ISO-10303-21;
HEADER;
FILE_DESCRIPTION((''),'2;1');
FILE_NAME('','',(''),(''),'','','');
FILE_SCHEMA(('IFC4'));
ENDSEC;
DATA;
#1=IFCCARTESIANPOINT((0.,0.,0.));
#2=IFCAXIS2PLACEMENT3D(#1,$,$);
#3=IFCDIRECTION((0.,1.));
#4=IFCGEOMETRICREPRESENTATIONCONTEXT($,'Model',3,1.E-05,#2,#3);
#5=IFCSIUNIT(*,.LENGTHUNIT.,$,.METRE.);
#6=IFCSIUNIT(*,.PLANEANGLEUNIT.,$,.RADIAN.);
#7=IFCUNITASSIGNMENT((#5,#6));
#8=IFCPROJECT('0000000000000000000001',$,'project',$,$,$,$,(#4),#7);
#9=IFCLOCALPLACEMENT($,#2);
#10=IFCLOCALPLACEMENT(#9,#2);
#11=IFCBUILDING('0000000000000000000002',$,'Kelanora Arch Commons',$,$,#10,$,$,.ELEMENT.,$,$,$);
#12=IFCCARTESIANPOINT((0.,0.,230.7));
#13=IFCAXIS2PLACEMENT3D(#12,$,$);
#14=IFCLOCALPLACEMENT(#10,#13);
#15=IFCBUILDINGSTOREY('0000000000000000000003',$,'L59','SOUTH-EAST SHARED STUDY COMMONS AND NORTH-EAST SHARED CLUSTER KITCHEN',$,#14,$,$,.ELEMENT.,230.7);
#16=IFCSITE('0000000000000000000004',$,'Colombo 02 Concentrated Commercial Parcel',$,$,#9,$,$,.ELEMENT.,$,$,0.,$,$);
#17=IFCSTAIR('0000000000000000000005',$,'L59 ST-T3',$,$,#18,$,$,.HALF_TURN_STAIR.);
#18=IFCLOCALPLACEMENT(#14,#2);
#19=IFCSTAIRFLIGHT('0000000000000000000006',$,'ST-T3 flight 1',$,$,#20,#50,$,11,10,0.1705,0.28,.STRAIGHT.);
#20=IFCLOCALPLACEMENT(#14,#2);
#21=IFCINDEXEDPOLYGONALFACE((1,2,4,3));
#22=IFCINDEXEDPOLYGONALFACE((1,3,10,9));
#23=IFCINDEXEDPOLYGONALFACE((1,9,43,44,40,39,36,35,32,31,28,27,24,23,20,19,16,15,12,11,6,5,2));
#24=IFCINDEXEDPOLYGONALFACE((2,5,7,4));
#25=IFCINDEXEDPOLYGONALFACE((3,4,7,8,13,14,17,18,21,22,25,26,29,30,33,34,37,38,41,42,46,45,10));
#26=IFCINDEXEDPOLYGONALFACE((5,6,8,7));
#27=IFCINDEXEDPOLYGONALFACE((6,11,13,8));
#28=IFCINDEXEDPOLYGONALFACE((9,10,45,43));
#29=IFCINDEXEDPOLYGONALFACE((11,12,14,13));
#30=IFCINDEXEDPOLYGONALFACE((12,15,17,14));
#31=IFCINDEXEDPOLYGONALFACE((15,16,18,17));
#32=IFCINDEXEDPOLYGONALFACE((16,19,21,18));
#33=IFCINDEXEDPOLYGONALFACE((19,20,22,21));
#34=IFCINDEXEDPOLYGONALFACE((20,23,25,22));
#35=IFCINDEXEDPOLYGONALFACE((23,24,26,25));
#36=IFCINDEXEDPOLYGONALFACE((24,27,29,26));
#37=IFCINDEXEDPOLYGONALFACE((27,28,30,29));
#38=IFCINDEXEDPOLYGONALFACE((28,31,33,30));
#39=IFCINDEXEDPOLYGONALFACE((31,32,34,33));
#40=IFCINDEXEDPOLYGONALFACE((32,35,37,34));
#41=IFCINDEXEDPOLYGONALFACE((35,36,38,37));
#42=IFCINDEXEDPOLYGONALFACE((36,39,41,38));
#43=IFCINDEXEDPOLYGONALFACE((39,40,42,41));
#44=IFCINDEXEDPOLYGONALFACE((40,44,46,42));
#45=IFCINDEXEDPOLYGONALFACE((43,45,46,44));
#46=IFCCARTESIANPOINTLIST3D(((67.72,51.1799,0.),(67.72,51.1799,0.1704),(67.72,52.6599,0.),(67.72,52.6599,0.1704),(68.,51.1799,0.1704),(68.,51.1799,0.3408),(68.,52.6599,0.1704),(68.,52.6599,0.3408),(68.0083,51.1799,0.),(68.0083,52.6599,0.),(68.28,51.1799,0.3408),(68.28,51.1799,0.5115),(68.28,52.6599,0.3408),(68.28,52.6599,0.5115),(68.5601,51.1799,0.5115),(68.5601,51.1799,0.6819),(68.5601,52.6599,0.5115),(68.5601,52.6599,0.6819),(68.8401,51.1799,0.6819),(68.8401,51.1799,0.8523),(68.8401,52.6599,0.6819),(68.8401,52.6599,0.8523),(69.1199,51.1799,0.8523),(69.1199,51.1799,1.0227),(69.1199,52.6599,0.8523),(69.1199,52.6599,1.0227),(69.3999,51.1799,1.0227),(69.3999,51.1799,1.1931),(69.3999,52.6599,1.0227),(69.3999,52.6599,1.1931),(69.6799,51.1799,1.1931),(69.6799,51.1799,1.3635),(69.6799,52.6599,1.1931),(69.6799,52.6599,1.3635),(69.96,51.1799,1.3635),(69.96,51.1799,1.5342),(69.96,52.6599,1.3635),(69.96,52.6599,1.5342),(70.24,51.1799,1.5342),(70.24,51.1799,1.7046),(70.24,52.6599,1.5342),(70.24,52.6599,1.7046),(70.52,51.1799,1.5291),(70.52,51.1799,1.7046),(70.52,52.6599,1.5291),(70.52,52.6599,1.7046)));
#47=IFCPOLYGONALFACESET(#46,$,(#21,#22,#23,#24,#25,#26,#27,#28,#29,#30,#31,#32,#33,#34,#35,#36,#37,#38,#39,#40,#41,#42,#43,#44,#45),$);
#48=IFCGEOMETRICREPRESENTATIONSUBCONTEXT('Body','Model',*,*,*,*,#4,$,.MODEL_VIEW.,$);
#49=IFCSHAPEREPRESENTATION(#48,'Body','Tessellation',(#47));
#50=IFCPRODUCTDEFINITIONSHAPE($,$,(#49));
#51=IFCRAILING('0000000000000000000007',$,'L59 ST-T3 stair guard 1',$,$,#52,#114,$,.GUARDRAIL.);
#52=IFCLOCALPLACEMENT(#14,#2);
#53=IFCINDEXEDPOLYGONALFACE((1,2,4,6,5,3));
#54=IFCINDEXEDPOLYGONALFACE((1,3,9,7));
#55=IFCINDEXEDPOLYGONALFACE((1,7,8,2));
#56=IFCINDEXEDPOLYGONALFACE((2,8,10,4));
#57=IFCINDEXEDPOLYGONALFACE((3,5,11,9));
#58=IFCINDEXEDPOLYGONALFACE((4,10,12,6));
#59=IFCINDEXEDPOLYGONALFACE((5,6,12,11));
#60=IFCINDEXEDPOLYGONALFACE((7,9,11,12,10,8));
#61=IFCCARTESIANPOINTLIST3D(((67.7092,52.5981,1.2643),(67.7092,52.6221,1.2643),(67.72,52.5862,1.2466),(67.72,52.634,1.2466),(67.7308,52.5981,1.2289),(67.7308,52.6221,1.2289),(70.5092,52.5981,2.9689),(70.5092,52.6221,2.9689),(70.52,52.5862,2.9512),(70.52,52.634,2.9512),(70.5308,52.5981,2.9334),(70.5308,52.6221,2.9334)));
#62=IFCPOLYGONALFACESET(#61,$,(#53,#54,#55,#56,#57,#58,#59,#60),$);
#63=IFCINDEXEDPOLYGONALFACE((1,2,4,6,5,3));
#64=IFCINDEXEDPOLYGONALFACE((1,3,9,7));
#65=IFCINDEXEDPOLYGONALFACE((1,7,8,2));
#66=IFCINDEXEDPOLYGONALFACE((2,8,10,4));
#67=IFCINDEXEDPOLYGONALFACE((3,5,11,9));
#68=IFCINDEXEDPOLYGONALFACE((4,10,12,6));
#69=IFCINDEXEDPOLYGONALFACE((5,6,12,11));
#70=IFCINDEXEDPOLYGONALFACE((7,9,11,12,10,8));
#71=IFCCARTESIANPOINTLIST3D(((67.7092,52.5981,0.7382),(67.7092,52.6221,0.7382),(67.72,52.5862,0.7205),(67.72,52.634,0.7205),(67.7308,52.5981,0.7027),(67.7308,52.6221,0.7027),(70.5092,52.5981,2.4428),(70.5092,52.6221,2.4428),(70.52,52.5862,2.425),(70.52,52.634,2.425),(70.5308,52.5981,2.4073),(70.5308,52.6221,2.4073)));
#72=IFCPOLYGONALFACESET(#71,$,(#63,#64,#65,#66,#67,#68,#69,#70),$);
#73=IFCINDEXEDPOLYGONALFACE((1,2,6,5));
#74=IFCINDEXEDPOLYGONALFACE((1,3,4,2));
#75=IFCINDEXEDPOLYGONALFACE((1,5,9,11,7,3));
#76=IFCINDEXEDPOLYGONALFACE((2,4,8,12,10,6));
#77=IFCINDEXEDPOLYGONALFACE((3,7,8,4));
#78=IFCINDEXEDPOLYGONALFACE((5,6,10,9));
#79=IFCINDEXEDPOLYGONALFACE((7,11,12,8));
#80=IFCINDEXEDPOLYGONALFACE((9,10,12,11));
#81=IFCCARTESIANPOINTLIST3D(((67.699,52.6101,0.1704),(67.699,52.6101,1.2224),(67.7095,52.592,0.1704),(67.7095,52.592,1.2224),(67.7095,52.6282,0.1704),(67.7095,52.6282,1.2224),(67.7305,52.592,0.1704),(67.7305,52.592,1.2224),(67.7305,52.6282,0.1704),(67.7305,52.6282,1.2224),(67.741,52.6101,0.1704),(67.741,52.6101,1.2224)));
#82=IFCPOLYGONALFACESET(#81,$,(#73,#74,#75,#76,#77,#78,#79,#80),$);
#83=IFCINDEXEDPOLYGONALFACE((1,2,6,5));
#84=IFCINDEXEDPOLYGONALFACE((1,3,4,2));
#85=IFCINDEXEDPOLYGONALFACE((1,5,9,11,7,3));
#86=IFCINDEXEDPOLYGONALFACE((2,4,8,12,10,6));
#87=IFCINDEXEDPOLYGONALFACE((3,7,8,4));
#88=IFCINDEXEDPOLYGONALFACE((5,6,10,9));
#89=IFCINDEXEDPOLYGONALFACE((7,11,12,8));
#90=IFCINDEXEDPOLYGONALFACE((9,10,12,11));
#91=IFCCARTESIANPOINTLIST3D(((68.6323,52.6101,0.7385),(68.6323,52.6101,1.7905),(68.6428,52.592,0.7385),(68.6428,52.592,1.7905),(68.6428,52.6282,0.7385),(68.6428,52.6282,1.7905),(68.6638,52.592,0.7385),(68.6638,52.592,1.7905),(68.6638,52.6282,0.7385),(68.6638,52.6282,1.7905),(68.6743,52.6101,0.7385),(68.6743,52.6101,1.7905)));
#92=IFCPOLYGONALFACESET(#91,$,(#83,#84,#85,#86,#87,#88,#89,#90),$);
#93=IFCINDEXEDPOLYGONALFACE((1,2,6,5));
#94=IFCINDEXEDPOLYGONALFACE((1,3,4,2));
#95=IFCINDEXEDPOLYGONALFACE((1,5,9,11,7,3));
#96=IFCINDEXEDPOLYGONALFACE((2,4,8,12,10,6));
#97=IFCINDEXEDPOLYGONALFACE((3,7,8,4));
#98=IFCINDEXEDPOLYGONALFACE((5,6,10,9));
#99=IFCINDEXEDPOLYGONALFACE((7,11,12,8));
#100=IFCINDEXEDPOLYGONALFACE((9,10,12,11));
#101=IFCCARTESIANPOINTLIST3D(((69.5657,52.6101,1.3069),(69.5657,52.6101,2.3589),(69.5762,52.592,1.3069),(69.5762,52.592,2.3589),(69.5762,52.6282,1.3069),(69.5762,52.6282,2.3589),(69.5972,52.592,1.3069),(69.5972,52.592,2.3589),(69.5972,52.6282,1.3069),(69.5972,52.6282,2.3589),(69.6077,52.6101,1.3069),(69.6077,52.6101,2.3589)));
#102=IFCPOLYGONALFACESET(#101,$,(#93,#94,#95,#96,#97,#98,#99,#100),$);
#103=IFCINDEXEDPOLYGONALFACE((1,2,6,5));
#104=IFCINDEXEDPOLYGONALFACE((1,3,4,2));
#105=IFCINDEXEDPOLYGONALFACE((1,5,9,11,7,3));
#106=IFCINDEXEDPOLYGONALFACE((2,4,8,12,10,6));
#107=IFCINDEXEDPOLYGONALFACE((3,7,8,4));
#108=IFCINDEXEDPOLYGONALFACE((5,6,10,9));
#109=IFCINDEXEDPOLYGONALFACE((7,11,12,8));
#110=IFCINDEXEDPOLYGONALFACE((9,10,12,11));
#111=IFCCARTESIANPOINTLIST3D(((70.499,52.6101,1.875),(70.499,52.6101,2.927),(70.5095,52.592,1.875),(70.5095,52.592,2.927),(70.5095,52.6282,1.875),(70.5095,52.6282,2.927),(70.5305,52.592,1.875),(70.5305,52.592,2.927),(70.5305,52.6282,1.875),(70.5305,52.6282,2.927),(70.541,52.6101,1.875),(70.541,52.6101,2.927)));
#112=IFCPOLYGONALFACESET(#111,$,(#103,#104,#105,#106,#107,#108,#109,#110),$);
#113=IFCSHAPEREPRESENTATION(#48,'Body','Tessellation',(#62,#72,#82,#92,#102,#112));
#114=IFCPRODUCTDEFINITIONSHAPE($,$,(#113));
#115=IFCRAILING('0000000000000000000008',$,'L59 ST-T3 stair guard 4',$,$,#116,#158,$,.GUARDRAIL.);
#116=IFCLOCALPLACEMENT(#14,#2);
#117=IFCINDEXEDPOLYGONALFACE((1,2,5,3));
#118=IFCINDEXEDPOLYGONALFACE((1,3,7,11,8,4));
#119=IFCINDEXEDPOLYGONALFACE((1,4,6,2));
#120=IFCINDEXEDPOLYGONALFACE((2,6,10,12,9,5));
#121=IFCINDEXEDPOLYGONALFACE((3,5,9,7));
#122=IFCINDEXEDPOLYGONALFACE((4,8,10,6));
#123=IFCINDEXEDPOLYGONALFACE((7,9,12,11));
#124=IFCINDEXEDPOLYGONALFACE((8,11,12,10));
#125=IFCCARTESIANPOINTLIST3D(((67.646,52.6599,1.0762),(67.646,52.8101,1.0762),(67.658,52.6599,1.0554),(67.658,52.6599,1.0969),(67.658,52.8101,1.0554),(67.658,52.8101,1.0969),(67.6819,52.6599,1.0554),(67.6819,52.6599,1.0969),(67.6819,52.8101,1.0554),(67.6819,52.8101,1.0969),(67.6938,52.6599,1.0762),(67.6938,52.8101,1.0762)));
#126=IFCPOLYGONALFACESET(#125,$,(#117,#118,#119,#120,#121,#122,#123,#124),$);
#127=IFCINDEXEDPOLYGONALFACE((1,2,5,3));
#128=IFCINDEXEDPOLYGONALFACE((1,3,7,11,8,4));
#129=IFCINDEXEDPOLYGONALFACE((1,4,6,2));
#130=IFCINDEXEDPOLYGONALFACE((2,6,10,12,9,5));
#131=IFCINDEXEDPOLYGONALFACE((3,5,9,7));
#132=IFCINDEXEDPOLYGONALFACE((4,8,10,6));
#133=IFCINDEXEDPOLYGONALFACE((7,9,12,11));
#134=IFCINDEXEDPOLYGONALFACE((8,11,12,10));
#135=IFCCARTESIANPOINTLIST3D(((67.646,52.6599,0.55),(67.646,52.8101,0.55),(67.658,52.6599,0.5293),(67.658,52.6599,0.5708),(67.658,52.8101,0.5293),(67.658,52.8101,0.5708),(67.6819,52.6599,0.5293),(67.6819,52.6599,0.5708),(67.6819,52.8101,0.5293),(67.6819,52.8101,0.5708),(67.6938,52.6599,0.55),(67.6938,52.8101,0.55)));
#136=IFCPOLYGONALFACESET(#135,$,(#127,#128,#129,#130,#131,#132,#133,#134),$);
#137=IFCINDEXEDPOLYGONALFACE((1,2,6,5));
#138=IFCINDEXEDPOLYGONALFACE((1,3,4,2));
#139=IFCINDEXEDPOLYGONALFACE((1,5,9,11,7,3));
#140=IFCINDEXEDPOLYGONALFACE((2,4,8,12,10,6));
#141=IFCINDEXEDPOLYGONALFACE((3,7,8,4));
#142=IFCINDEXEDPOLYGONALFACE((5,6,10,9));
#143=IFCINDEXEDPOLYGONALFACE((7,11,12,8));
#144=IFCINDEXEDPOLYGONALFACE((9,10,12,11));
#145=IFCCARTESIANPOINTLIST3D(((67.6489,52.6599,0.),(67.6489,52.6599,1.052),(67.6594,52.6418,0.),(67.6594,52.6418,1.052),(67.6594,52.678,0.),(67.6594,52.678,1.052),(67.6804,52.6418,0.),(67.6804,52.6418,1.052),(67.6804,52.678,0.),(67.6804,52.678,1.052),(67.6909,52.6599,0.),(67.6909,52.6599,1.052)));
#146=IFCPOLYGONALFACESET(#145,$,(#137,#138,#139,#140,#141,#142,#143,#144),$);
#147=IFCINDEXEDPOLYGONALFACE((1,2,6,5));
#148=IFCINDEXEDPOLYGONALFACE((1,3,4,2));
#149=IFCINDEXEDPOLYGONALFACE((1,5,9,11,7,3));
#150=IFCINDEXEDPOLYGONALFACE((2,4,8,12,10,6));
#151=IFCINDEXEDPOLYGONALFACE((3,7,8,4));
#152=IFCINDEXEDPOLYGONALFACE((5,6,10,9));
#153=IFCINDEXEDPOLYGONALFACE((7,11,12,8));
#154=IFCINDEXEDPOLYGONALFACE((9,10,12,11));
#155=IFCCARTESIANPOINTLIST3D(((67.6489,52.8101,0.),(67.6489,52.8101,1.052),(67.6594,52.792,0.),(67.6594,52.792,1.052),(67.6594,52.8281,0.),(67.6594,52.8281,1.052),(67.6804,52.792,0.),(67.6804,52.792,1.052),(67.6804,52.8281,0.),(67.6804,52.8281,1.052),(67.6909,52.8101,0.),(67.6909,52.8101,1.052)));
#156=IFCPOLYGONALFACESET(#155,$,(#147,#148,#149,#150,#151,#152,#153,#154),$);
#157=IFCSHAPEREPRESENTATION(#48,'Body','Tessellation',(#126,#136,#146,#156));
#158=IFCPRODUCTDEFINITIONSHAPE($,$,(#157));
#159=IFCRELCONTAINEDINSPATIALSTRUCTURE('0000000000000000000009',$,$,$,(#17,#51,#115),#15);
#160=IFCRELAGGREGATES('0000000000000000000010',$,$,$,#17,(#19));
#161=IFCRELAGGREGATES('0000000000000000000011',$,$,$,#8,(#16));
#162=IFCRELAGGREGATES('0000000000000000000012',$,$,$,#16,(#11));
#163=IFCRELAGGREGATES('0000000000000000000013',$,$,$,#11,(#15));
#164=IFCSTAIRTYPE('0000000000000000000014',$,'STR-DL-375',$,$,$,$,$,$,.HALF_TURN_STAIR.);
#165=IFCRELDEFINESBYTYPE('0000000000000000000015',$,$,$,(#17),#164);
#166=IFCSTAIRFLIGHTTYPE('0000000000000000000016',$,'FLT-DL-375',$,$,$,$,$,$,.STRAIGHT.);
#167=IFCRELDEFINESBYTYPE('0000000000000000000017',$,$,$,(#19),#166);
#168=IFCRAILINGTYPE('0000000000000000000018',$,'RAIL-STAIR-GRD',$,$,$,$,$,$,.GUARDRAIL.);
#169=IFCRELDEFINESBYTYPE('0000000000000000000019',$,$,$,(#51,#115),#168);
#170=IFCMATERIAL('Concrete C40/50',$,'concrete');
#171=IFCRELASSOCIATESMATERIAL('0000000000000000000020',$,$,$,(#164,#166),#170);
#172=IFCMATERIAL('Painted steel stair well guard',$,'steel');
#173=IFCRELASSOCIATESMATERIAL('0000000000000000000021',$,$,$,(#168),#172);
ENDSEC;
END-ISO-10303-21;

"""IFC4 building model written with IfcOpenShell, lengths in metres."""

from ifc_helpers import new_model, si_unit, direction, frame, origin, place, context, subcontext, project, spatial, polyline, outline, extrude, material, type_object, element, aggregate, save


model = new_model("IFC4")

# Units and contexts
model_context = context("Model", 3, precision=1e-05, world=origin(), true_north=direction((0.0, 1.0)))
body_context = subcontext(model_context, "Body", "Model", "MODEL_VIEW")
ifc_project = project(units=[si_unit("LENGTHUNIT", "METRE"), si_unit("PLANEANGLEUNIT", "RADIAN")], contexts=[model_context])

# Site, building, storey
site_placement = place(None, origin())
site = spatial("IfcSite", under=ifc_project, at=site_placement, Name="Colombo 02 Concentrated Commercial Parcel", CompositionType="ELEMENT", RefElevation=0.0)
building_placement = place(site_placement, origin())
building = spatial("IfcBuilding", under=site, at=building_placement, Name="Kelanora Arch Commons", CompositionType="ELEMENT")
storey_placement = place(building_placement, frame((0.0, 0.0, 230.7)))
storey = spatial("IfcBuildingStorey", under=building, at=storey_placement, Name="L59", Description="SOUTH-EAST SHARED STUDY COMMONS AND NORTH-EAST SHARED CLUSTER KITCHEN", CompositionType="ELEMENT", Elevation=230.7)

# Shared definitions
ifc_material_1 = material(Name="Concrete C40/50", Category="concrete")

# Stair, stair flight
stair_type = type_object("IfcStairType", Name="STR-DL-375", PredefinedType="HALF_TURN_STAIR", material=ifc_material_1)
stair_placement = place(storey_placement, origin())
stair = element("IfcStair", 1, at=stair_placement, inside=storey, type_object=stair_type, Name="L59 ST-T3", PredefinedType="HALF_TURN_STAIR")
stair_flight_type = type_object("IfcStairFlightType", Name="FLT-DL-375", PredefinedType="STRAIGHT", material=ifc_material_1)
stair_flight_placement = place(storey_placement, frame((67.72, 51.9199, 0.0), z_axis=(0.0, 0.0, 1.0), x_axis=(1.0, 0.0, 0.0)))
stair_flight = element("IfcStairFlight", 2, at=stair_flight_placement, type_object=stair_flight_type, Name="ST-T3 flight 1", NumberOfRisers=11, NumberOfTreads=10, PredefinedType="STRAIGHT", RiserHeight=0.1705, TreadLength=0.28, context=body_context, shape_type="SweptSolid", body=[
    extrude(outline(polyline([(0.0, 0.0), (0.0, 0.1704), (0.28, 0.1704), (0.28, 0.3408), (0.5601, 0.3408), (0.5601, 0.5115), (0.8401, 0.5115), (0.8401, 0.6819), (1.1201, 0.6819), (1.1201, 0.8523), (1.3999, 0.8523), (1.3999, 1.0227), (1.6799, 1.0227), (1.6799, 1.1931), (1.96, 1.1931), (1.96, 1.3635), (2.24, 1.3635), (2.24, 1.5342), (2.52, 1.5342), (2.52, 1.7046), (2.8, 1.7046), (2.8, 1.875), (2.8, 1.5291), (0.2883, 0.0), (0.0, 0.0)])), frame((0.0, 0.74, 0.0), z_axis=(0.0, -1.0, 0.0), x_axis=(1.0, 0.0, 0.0)), (0.0, 0.0, 1.0), 1.48),
])
aggregate(stair, [stair_flight])

# Railings
ifc_material_2 = material(Name="Painted steel stair well guard", Category="steel")
railing_type_1 = type_object("IfcRailingType", Name="RAIL-STAIR-GRD", PredefinedType="GUARDRAIL", material=ifc_material_2)
railing_1_placement = place(storey_placement, frame((67.72, 52.6101, 0.1704)))
element("IfcRailing", 3, at=railing_1_placement, inside=storey, type_object=railing_type_1, Name="L59 ST-T3 stair guard 1", PredefinedType="GUARDRAIL", context=body_context, shape_type="SweptSolid", body=[
    extrude(outline(polyline([(0.0239, 0.0), (0.012, 0.0208), (-0.012, 0.0208), (-0.0239, 0.0), (-0.012, -0.0208), (0.012, -0.0208), (0.0239, 0.0)])), frame((0.0, 0.0, 1.0762), z_axis=(0.85417, 0.0, 0.519994), x_axis=(0.0, 1.0, 0.0)), (0.0, 0.0, 1.0), 3.2781),
    extrude(outline(polyline([(0.0239, 0.0), (0.012, 0.0208), (-0.012, 0.0208), (-0.0239, 0.0), (-0.012, -0.0208), (0.012, -0.0208), (0.0239, 0.0)])), frame((0.0, 0.0, 0.55), z_axis=(0.85417, 0.0, 0.519994), x_axis=(0.0, 1.0, 0.0)), (0.0, 0.0, 1.0), 3.2781),
    extrude(outline(polyline([(0.021, 0.0), (0.0105, 0.0181), (-0.0105, 0.0181), (-0.021, 0.0), (-0.0105, -0.0181), (0.0105, -0.0181), (0.021, 0.0)])), origin(), (0.0, 0.0, 1.0), 1.052),
    extrude(outline(polyline([(0.021, 0.0), (0.0105, 0.0181), (-0.0105, 0.0181), (-0.021, 0.0), (-0.0105, -0.0181), (0.0105, -0.0181), (0.021, 0.0)])), frame((0.9333, 0.0, 0.5681)), (0.0, 0.0, 1.0), 1.052),
    extrude(outline(polyline([(0.021, 0.0), (0.0105, 0.0181), (-0.0105, 0.0181), (-0.021, 0.0), (-0.0105, -0.0181), (0.0105, -0.0181), (0.021, 0.0)])), frame((1.8667, 0.0, 1.1365)), (0.0, 0.0, 1.0), 1.052),
    extrude(outline(polyline([(0.021, 0.0), (0.0105, 0.0181), (-0.0105, 0.0181), (-0.021, 0.0), (-0.0105, -0.0181), (0.0105, -0.0181), (0.021, 0.0)])), frame((2.8, 0.0, 1.7046)), (0.0, 0.0, 1.0), 1.052),
])
railing_2_placement = place(storey_placement, frame((67.6699, 52.6599, 0.0)))
element("IfcRailing", 4, at=railing_2_placement, inside=storey, type_object=railing_type_1, Name="L59 ST-T3 stair guard 4", PredefinedType="GUARDRAIL", context=body_context, shape_type="SweptSolid", body=[
    extrude(outline(polyline([(0.0239, 0.0), (0.012, 0.0208), (-0.012, 0.0208), (-0.0239, 0.0), (-0.012, -0.0208), (0.012, -0.0208), (0.0239, 0.0)])), frame((0.0, 0.0, 1.0762), z_axis=(0.0, 1.0, 0.0), x_axis=(-1.0, 0.0, 0.0)), (0.0, 0.0, 1.0), 0.1501),
    extrude(outline(polyline([(0.0239, 0.0), (0.012, 0.0208), (-0.012, 0.0208), (-0.0239, 0.0), (-0.012, -0.0208), (0.012, -0.0208), (0.0239, 0.0)])), frame((0.0, 0.0, 0.55), z_axis=(0.0, 1.0, 0.0), x_axis=(-1.0, 0.0, 0.0)), (0.0, 0.0, 1.0), 0.1501),
    extrude(outline(polyline([(0.021, 0.0), (0.0105, 0.0181), (-0.0105, 0.0181), (-0.021, 0.0), (-0.0105, -0.0181), (0.0105, -0.0181), (0.021, 0.0)])), origin(), (0.0, 0.0, 1.0), 1.052),
    extrude(outline(polyline([(0.021, 0.0), (0.0105, 0.0181), (-0.0105, 0.0181), (-0.021, 0.0), (-0.0105, -0.0181), (0.0105, -0.0181), (0.021, 0.0)])), frame((0.0, 0.1501, 0.0)), (0.0, 0.0, 1.0), 1.052),
])

save(model, "model.ifc")
